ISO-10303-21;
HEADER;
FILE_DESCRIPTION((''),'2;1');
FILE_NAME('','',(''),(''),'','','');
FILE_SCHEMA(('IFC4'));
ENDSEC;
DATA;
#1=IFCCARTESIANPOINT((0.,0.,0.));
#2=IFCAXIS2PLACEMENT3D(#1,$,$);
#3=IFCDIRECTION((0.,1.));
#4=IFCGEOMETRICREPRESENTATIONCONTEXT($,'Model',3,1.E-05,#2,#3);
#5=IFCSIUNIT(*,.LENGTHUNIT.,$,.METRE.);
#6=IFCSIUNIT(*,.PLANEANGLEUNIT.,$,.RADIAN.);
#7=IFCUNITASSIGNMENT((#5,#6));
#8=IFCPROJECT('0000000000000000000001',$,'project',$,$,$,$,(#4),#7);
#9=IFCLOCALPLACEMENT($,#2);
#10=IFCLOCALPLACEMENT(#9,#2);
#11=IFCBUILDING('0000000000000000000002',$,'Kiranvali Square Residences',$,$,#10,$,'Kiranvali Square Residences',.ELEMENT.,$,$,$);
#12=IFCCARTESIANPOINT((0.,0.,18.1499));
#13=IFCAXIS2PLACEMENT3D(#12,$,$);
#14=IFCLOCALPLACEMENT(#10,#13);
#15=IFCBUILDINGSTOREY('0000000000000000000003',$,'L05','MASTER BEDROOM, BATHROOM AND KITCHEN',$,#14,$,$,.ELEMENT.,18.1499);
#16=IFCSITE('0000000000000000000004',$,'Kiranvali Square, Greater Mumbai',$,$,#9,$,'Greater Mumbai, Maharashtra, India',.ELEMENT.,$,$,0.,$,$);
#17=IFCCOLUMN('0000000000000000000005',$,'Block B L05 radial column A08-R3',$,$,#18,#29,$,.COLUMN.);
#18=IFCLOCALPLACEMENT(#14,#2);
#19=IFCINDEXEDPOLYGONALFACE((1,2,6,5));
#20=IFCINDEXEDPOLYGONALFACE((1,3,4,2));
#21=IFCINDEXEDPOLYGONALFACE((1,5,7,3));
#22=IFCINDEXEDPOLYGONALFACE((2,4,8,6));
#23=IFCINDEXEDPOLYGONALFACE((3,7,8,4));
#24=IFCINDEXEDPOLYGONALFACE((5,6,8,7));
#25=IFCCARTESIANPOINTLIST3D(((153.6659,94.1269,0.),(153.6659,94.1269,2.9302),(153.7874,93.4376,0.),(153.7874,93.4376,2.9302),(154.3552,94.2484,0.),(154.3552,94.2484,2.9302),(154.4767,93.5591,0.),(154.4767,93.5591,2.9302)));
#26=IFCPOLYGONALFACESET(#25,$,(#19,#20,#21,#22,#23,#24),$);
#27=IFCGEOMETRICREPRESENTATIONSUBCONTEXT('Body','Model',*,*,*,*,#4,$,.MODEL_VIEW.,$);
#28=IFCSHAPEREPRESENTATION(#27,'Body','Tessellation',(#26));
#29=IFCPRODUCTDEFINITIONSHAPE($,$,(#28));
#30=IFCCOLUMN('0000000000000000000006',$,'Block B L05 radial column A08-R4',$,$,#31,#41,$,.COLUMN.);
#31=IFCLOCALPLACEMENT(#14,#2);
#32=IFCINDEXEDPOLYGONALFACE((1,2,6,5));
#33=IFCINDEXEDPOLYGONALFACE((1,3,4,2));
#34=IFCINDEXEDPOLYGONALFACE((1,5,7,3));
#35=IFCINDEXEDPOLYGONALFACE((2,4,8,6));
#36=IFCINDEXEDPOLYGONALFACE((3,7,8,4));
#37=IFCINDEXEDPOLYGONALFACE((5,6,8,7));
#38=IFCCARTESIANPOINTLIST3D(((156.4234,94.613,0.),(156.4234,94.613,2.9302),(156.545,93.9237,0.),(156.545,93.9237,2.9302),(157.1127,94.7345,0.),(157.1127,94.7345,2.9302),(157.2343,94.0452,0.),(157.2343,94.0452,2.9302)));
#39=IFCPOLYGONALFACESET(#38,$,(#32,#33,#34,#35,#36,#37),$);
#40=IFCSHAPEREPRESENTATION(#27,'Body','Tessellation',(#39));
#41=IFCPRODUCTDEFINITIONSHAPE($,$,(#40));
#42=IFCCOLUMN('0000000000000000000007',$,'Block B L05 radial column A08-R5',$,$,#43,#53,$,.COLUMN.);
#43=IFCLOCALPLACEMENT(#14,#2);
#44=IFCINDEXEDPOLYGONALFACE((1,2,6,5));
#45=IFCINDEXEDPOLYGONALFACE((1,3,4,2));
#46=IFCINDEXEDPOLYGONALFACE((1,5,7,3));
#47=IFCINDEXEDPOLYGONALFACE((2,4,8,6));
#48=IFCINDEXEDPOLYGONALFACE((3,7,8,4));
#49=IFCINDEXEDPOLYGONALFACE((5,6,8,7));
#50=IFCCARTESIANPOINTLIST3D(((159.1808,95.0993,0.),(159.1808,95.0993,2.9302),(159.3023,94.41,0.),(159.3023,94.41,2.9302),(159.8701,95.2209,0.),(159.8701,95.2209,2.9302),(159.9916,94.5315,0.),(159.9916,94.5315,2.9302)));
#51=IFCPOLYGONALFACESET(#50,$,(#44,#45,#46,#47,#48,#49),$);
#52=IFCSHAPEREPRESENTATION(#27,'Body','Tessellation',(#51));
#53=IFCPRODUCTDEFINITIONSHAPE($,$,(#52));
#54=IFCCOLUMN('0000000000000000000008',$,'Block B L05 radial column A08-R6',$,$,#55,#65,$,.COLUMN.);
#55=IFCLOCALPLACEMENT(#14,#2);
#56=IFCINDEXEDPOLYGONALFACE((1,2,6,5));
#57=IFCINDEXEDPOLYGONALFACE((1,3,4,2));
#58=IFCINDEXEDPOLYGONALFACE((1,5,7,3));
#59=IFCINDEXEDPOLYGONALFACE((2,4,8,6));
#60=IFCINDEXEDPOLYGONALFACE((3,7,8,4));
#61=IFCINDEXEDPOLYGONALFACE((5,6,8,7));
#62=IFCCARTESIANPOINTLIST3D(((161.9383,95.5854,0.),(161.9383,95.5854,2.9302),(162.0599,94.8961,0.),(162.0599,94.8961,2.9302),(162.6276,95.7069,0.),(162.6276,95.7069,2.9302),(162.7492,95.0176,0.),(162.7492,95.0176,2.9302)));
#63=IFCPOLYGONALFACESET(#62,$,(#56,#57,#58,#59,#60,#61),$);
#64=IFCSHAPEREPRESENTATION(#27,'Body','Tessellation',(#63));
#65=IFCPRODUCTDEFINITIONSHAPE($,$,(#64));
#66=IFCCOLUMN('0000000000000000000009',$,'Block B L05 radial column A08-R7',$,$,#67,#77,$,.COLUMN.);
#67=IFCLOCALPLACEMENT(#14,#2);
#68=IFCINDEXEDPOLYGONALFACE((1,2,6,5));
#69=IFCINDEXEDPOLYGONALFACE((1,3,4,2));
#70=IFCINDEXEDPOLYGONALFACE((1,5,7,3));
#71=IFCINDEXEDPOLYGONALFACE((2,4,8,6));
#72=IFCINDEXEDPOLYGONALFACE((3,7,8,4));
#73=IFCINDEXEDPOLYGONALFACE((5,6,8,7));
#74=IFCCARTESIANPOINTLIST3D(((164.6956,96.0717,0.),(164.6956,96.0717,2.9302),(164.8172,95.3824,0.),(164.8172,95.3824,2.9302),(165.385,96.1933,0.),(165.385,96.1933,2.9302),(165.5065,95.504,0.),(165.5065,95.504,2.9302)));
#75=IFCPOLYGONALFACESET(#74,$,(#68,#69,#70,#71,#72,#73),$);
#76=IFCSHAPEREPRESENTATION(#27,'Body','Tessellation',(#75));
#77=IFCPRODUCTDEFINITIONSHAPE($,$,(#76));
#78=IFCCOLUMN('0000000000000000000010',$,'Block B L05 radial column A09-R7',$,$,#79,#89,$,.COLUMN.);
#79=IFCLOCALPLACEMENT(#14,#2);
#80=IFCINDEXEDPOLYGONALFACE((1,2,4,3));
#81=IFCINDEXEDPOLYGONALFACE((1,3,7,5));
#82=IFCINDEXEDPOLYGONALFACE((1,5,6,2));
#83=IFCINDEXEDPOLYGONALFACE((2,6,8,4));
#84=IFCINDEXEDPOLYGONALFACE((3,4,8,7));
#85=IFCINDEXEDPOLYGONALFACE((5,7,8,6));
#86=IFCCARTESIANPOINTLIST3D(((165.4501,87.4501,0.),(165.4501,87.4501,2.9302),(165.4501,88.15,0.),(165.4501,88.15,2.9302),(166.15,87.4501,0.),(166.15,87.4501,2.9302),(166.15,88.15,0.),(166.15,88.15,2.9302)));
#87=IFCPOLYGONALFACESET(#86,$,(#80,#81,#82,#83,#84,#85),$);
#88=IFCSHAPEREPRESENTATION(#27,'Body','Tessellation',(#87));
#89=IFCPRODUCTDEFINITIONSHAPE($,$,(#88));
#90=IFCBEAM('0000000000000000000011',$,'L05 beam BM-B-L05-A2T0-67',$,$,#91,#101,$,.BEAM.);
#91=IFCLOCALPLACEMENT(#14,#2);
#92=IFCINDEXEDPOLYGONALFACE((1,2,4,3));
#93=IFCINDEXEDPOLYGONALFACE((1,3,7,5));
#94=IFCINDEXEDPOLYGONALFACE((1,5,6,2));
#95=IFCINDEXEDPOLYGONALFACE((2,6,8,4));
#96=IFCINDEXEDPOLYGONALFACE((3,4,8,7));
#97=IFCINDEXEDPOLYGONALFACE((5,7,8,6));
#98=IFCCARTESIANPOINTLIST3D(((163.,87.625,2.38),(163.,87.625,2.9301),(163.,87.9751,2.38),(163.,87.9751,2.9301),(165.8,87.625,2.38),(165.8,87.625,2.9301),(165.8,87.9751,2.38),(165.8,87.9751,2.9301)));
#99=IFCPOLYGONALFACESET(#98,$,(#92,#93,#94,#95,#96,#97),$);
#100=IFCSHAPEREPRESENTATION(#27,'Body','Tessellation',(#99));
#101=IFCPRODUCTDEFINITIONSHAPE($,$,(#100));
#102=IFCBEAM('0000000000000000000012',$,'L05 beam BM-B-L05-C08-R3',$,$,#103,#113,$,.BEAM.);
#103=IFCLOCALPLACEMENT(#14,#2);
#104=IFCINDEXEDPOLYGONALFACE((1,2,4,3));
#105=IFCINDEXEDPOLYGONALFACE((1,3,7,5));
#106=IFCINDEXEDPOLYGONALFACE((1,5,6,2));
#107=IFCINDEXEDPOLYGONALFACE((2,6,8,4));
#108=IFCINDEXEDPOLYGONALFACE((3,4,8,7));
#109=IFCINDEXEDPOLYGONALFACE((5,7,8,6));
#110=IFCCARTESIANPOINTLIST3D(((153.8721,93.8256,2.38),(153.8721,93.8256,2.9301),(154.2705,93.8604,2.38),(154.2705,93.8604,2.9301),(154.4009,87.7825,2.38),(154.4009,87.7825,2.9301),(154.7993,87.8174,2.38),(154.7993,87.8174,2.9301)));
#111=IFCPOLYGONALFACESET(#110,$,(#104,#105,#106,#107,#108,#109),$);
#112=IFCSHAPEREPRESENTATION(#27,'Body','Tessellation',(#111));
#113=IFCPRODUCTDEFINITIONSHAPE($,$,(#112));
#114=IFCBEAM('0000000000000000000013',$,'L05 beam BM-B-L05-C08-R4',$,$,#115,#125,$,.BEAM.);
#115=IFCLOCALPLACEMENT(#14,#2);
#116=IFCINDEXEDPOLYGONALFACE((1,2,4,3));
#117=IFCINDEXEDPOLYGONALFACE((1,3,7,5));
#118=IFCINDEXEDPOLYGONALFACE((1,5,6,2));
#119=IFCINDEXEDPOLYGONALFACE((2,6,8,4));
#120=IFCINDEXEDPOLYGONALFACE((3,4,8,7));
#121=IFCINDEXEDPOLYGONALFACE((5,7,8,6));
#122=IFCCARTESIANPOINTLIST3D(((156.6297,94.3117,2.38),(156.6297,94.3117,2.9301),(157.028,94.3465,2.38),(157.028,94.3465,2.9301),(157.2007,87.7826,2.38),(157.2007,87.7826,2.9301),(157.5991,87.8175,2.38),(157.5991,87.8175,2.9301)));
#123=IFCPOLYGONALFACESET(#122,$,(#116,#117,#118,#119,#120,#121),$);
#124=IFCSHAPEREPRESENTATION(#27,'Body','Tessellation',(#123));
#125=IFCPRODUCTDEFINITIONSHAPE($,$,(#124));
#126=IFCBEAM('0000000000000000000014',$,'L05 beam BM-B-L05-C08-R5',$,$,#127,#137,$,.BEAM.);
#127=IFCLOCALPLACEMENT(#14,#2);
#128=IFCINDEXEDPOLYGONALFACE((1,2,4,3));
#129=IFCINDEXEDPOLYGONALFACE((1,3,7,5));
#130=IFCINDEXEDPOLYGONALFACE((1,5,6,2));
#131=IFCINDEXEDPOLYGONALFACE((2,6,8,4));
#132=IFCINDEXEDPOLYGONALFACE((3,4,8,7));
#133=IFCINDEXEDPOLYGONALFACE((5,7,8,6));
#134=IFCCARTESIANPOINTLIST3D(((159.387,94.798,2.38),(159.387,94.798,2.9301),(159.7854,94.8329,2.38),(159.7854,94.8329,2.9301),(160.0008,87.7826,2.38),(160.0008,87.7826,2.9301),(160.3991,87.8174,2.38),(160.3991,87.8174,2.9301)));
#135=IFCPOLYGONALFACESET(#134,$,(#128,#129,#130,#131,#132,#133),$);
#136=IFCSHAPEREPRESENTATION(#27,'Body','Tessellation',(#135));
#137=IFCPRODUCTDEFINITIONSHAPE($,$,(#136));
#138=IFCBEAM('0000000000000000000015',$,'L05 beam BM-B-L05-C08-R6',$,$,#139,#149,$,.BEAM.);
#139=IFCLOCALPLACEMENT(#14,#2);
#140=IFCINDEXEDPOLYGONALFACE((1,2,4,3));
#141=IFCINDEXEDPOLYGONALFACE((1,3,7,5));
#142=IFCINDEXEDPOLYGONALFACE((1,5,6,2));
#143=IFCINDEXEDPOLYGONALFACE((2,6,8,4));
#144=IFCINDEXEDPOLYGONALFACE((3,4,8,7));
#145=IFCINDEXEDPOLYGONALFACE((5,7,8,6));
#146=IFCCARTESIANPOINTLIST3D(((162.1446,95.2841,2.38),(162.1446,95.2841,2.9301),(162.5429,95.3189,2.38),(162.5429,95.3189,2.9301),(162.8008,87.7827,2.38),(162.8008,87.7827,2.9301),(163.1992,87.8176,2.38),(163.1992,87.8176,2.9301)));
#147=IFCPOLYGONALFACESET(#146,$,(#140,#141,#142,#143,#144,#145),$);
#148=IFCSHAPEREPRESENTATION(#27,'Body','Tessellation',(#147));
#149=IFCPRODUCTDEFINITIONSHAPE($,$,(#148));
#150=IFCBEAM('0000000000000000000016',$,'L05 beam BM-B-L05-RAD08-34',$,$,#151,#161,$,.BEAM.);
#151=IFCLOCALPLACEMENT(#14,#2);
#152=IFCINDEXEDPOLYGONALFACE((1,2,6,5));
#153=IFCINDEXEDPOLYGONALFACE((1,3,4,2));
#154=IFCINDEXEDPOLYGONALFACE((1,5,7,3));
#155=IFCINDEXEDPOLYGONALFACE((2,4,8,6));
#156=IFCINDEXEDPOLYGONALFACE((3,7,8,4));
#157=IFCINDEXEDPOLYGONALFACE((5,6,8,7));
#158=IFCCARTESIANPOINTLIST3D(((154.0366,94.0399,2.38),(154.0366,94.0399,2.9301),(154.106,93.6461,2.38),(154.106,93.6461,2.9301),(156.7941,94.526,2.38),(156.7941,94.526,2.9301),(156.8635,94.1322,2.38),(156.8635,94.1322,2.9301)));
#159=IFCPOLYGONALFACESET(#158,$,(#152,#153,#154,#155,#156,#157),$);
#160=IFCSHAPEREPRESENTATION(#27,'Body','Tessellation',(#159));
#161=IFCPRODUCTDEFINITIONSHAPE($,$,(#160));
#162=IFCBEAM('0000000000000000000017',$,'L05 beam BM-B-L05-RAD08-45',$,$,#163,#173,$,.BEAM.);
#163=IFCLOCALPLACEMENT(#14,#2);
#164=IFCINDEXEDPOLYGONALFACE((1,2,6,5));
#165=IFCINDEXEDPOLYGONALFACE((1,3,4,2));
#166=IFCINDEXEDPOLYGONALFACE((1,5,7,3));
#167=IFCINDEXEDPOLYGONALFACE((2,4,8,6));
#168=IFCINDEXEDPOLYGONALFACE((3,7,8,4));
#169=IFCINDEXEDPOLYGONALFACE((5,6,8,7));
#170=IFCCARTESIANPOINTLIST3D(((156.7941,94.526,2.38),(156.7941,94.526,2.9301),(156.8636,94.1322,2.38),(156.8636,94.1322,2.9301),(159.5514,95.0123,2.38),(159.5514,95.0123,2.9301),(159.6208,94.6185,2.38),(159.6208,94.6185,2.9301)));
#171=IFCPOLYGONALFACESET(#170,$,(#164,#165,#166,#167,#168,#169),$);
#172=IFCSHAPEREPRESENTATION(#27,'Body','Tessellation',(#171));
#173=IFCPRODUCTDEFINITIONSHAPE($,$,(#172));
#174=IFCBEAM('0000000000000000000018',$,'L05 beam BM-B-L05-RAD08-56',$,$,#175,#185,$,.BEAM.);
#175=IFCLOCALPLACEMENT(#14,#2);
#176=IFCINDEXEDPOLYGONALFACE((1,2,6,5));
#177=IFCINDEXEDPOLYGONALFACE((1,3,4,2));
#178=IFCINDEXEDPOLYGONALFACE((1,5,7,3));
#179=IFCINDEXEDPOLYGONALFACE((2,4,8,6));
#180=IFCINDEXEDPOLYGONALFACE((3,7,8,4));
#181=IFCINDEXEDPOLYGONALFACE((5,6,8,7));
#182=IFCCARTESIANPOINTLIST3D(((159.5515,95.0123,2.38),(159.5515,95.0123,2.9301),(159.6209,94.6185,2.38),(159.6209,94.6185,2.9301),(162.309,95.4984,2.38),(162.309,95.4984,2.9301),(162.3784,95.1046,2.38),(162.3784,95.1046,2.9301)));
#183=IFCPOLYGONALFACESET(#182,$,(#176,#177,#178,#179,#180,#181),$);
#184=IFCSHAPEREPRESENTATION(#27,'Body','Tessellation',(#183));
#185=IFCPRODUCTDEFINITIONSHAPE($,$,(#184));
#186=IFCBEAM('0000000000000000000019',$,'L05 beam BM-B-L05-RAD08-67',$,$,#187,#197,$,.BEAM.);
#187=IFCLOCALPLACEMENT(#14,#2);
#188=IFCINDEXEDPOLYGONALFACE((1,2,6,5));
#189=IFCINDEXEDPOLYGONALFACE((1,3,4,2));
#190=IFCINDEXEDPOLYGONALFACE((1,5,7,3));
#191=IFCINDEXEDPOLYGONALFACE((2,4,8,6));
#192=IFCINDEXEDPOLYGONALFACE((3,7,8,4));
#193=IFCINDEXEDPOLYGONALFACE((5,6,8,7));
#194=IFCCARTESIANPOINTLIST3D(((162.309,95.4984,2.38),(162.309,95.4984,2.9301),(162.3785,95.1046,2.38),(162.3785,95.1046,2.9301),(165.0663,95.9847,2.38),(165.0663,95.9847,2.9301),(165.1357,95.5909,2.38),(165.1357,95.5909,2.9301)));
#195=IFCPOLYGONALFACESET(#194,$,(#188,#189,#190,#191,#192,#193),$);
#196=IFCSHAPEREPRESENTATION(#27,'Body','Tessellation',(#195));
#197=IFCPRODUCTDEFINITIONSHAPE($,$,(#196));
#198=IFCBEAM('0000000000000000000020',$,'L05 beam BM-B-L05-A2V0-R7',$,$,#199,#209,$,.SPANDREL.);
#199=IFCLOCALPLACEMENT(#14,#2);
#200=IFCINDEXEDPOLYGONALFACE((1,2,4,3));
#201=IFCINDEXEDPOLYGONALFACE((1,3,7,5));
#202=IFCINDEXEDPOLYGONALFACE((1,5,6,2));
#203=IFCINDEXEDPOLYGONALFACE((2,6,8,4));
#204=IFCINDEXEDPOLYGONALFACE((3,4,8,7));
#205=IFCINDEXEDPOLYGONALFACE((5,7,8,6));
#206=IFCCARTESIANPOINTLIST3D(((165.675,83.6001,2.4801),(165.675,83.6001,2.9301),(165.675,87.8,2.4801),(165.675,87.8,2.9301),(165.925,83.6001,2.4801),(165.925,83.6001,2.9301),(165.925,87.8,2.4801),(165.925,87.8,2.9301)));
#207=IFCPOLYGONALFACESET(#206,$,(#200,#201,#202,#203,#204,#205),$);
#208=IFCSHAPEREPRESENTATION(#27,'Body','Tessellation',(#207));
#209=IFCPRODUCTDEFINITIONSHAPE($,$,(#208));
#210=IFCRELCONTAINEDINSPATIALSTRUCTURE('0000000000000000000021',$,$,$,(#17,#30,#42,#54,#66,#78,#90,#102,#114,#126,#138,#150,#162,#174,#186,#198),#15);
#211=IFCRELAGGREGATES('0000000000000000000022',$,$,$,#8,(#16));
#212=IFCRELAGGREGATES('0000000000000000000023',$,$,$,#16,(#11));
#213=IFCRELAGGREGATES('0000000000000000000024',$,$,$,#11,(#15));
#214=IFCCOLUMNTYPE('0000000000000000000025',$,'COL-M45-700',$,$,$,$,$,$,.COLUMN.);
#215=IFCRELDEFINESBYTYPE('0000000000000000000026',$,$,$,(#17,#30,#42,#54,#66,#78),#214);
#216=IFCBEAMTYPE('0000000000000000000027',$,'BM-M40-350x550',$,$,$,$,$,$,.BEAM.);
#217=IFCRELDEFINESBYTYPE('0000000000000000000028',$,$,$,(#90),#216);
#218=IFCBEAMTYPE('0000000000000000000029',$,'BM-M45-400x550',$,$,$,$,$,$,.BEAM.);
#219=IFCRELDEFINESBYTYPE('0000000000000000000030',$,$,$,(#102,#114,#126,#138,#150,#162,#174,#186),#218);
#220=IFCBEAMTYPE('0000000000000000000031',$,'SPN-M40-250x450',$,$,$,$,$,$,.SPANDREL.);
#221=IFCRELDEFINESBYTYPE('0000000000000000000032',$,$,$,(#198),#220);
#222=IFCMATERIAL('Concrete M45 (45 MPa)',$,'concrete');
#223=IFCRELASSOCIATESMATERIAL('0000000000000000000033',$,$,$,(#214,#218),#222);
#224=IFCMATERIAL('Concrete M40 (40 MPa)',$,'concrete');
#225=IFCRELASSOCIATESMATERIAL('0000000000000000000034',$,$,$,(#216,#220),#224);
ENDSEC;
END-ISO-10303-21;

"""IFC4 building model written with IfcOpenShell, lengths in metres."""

from ifc_helpers import new_model, si_unit, direction, frame, origin, origin_2d, place, context, subcontext, project, spatial, rectangle, extrude, material, material_profile, profile_set, type_object, element, save


model = new_model("IFC4")

# Units and contexts
model_context = context("Model", 3, precision=1e-05, world=origin(), true_north=direction((0.0, 1.0)))
body_context = subcontext(model_context, "Body", "Model", "MODEL_VIEW")
ifc_project = project(units=[si_unit("LENGTHUNIT", "METRE"), si_unit("PLANEANGLEUNIT", "RADIAN")], contexts=[model_context])

# Site, building, storey
site_placement = place(None, origin())
site = spatial("IfcSite", under=ifc_project, at=site_placement, Name="Kiranvali Square, Greater Mumbai", LongName="Greater Mumbai, Maharashtra, India", CompositionType="ELEMENT", RefElevation=0.0)
building_placement = place(site_placement, origin())
building = spatial("IfcBuilding", under=site, at=building_placement, Name="Kiranvali Square Residences", LongName="Kiranvali Square Residences", CompositionType="ELEMENT")
storey_placement = place(building_placement, frame((0.0, 0.0, 18.1499)))
storey = spatial("IfcBuildingStorey", under=building, at=storey_placement, Name="L05", Description="MASTER BEDROOM, BATHROOM AND KITCHEN", CompositionType="ELEMENT", Elevation=18.1499)

# Columns
ifc_material_1 = material(Name="Concrete M45 (45 MPa)", Category="concrete")
ifc_material_profile_1 = material_profile(ifc_material_1, rectangle(XDim=0.7, YDim=0.7, at=origin_2d()), Name="RC 700x700")
ifc_profile_set_1 = profile_set([ifc_material_profile_1], Name="Concrete M45 (45 MPa)")
column_type = type_object("IfcColumnType", Name="COL-M45-700", PredefinedType="COLUMN", material=ifc_profile_set_1)
for number, where, z_axis, x_axis, name in (
    (1, (154.0713, 93.843, 0.0), (0.0, 0.0, 1.0), (-0.173648, 0.984808, 0.0), "Block B L05 radial column A08-R3"),
    (2, (156.8289, 94.3291, 0.0), (0.0, 0.0, 1.0), (-0.173648, 0.984808, 0.0), "Block B L05 radial column A08-R4"),
    (3, (159.5862, 94.8154, 0.0), (0.0, 0.0, 1.0), (-0.173648, 0.984808, 0.0), "Block B L05 radial column A08-R5"),
    (4, (162.3438, 95.3015, 0.0), (0.0, 0.0, 1.0), (-0.173648, 0.984808, 0.0), "Block B L05 radial column A08-R6"),
    (5, (165.1011, 95.7878, 0.0), (0.0, 0.0, 1.0), (-0.173648, 0.984808, 0.0), "Block B L05 radial column A08-R7"),
    (6, (165.8, 87.8, 0.0), (0.0, 0.0, 1.0), (0.0, 1.0, 0.0), "Block B L05 radial column A09-R7"),
):
    element("IfcColumn", number, at=place(storey_placement, frame(where, z_axis=z_axis, x_axis=x_axis)), inside=storey, type_object=column_type, Name=name, PredefinedType="COLUMN", context=body_context, shape_type="SweptSolid", body=[
        extrude(rectangle(XDim=0.7, YDim=0.7, at=origin_2d()), origin(), (0.0, 0.0, 1.0), 2.9302),
    ])

# Beams
ifc_material_2 = material(Name="Concrete M40 (40 MPa)", Category="concrete")
ifc_material_profile_2 = material_profile(ifc_material_2, rectangle(XDim=0.3501, YDim=0.55, at=origin_2d()), Name="RC 350x550")
ifc_profile_set_2 = profile_set([ifc_material_profile_2], Name="Concrete M40 (40 MPa)")
beam_type_1 = type_object("IfcBeamType", Name="BM-M40-350x550", PredefinedType="BEAM", material=ifc_profile_set_2)
beam_1_placement = place(storey_placement, frame((163.0, 87.8, 2.655), z_axis=(1.0, 0.0, 0.0), x_axis=(0.0, 1.0, 0.0)))
element("IfcBeam", 7, at=beam_1_placement, inside=storey, type_object=beam_type_1, Name="L05 beam BM-B-L05-A2T0-67", PredefinedType="BEAM", context=body_context, shape_type="SweptSolid", body=[
    extrude(rectangle(XDim=0.3501, YDim=0.55, at=origin_2d()), origin(), (0.0, 0.0, 1.0), 2.8),
])
ifc_material_profile_3 = material_profile(ifc_material_1, rectangle(XDim=0.3999, YDim=0.55, at=origin_2d()), Name="RC 400x550")
ifc_profile_set_3 = profile_set([ifc_material_profile_3], Name="Concrete M45 (45 MPa)")
beam_type_2 = type_object("IfcBeamType", Name="BM-M45-400x550", PredefinedType="BEAM", material=ifc_profile_set_3)
beam_2_placement = place(storey_placement, frame((154.0713, 93.843, 2.655), z_axis=(0.087175, -0.996193, 0.0), x_axis=(0.996193, 0.087175, 0.0)))
element("IfcBeam", 8, at=beam_2_placement, inside=storey, type_object=beam_type_2, Name="L05 beam BM-B-L05-C08-R3", PredefinedType="BEAM", context=body_context, shape_type="SweptSolid", body=[
    extrude(rectangle(XDim=0.3999, YDim=0.55, at=origin_2d()), origin(), (0.0, 0.0, 1.0), 6.0662),
])
beam_3_placement = place(storey_placement, frame((156.8289, 94.3291, 2.655), z_axis=(0.08713, -0.996197, 0.0), x_axis=(0.996197, 0.08713, 0.0)))
element("IfcBeam", 9, at=beam_3_placement, inside=storey, type_object=beam_type_2, Name="L05 beam BM-B-L05-C08-R4", PredefinedType="BEAM", context=body_context, shape_type="SweptSolid", body=[
    extrude(rectangle(XDim=0.3999, YDim=0.55, at=origin_2d()), origin(), (0.0, 0.0, 1.0), 6.554),
])
beam_4_placement = place(storey_placement, frame((159.5862, 94.8154, 2.655), z_axis=(0.087156, -0.996195, 0.0), x_axis=(0.996195, 0.087156, 0.0)))
element("IfcBeam", 10, at=beam_4_placement, inside=storey, type_object=beam_type_2, Name="L05 beam BM-B-L05-C08-R5", PredefinedType="BEAM", context=body_context, shape_type="SweptSolid", body=[
    extrude(rectangle(XDim=0.3999, YDim=0.55, at=origin_2d()), origin(), (0.0, 0.0, 1.0), 7.0422),
])
beam_5_placement = place(storey_placement, frame((162.3438, 95.3015, 2.655), z_axis=(0.08715, -0.996195, 0.0), x_axis=(0.996195, 0.08715, 0.0)))
element("IfcBeam", 11, at=beam_5_placement, inside=storey, type_object=beam_type_2, Name="L05 beam BM-B-L05-C08-R6", PredefinedType="BEAM", context=body_context, shape_type="SweptSolid", body=[
    extrude(rectangle(XDim=0.3999, YDim=0.55, at=origin_2d()), origin(), (0.0, 0.0, 1.0), 7.53),
])
beam_6_placement = place(storey_placement, frame((154.0713, 93.843, 2.655), z_axis=(0.984817, 0.173596, 0.0), x_axis=(-0.173596, 0.984817, 0.0)))
element("IfcBeam", 12, at=beam_6_placement, inside=storey, type_object=beam_type_2, Name="L05 beam BM-B-L05-RAD08-34", PredefinedType="BEAM", context=body_context, shape_type="SweptSolid", body=[
    extrude(rectangle(XDim=0.3999, YDim=0.55, at=origin_2d()), origin(), (0.0, 0.0, 1.0), 2.8),
])
beam_7_placement = place(storey_placement, frame((156.8289, 94.3291, 2.655), z_axis=(0.984799, 0.173696, 0.0), x_axis=(-0.173696, 0.984799, 0.0)))
element("IfcBeam", 13, at=beam_7_placement, inside=storey, type_object=beam_type_2, Name="L05 beam BM-B-L05-RAD08-45", PredefinedType="BEAM", context=body_context, shape_type="SweptSolid", body=[
    extrude(rectangle(XDim=0.3999, YDim=0.55, at=origin_2d()), origin(), (0.0, 0.0, 1.0), 2.7998),
])
beam_8_placement = place(storey_placement, frame((159.5862, 94.8154, 2.655), z_axis=(0.984817, 0.173596, 0.0), x_axis=(-0.173596, 0.984817, 0.0)))
element("IfcBeam", 14, at=beam_8_placement, inside=storey, type_object=beam_type_2, Name="L05 beam BM-B-L05-RAD08-56", PredefinedType="BEAM", context=body_context, shape_type="SweptSolid", body=[
    extrude(rectangle(XDim=0.3999, YDim=0.55, at=origin_2d()), origin(), (0.0, 0.0, 1.0), 2.8),
])
beam_9_placement = place(storey_placement, frame((162.3438, 95.3015, 2.655), z_axis=(0.984799, 0.173696, 0.0), x_axis=(-0.173696, 0.984799, 0.0)))
element("IfcBeam", 15, at=beam_9_placement, inside=storey, type_object=beam_type_2, Name="L05 beam BM-B-L05-RAD08-67", PredefinedType="BEAM", context=body_context, shape_type="SweptSolid", body=[
    extrude(rectangle(XDim=0.3999, YDim=0.55, at=origin_2d()), origin(), (0.0, 0.0, 1.0), 2.7998),
])
ifc_material_profile_4 = material_profile(ifc_material_2, rectangle(XDim=0.25, YDim=0.45, at=origin_2d()), Name="RC 250x450")
ifc_profile_set_4 = profile_set([ifc_material_profile_4], Name="Concrete M40 (40 MPa)")
beam_type_3 = type_object("IfcBeamType", Name="SPN-M40-250x450", PredefinedType="SPANDREL", material=ifc_profile_set_4)
beam_10_placement = place(storey_placement, frame((165.8, 87.8, 2.7051), z_axis=(0.0, -1.0, 0.0), x_axis=(1.0, 0.0, 0.0)))
element("IfcBeam", 16, at=beam_10_placement, inside=storey, type_object=beam_type_3, Name="L05 beam BM-B-L05-A2V0-R7", PredefinedType="SPANDREL", context=body_context, shape_type="SweptSolid", body=[
    extrude(rectangle(XDim=0.25, YDim=0.45, at=origin_2d()), origin(), (0.0, 0.0, 1.0), 4.2),
])

save(model, "model.ifc")
